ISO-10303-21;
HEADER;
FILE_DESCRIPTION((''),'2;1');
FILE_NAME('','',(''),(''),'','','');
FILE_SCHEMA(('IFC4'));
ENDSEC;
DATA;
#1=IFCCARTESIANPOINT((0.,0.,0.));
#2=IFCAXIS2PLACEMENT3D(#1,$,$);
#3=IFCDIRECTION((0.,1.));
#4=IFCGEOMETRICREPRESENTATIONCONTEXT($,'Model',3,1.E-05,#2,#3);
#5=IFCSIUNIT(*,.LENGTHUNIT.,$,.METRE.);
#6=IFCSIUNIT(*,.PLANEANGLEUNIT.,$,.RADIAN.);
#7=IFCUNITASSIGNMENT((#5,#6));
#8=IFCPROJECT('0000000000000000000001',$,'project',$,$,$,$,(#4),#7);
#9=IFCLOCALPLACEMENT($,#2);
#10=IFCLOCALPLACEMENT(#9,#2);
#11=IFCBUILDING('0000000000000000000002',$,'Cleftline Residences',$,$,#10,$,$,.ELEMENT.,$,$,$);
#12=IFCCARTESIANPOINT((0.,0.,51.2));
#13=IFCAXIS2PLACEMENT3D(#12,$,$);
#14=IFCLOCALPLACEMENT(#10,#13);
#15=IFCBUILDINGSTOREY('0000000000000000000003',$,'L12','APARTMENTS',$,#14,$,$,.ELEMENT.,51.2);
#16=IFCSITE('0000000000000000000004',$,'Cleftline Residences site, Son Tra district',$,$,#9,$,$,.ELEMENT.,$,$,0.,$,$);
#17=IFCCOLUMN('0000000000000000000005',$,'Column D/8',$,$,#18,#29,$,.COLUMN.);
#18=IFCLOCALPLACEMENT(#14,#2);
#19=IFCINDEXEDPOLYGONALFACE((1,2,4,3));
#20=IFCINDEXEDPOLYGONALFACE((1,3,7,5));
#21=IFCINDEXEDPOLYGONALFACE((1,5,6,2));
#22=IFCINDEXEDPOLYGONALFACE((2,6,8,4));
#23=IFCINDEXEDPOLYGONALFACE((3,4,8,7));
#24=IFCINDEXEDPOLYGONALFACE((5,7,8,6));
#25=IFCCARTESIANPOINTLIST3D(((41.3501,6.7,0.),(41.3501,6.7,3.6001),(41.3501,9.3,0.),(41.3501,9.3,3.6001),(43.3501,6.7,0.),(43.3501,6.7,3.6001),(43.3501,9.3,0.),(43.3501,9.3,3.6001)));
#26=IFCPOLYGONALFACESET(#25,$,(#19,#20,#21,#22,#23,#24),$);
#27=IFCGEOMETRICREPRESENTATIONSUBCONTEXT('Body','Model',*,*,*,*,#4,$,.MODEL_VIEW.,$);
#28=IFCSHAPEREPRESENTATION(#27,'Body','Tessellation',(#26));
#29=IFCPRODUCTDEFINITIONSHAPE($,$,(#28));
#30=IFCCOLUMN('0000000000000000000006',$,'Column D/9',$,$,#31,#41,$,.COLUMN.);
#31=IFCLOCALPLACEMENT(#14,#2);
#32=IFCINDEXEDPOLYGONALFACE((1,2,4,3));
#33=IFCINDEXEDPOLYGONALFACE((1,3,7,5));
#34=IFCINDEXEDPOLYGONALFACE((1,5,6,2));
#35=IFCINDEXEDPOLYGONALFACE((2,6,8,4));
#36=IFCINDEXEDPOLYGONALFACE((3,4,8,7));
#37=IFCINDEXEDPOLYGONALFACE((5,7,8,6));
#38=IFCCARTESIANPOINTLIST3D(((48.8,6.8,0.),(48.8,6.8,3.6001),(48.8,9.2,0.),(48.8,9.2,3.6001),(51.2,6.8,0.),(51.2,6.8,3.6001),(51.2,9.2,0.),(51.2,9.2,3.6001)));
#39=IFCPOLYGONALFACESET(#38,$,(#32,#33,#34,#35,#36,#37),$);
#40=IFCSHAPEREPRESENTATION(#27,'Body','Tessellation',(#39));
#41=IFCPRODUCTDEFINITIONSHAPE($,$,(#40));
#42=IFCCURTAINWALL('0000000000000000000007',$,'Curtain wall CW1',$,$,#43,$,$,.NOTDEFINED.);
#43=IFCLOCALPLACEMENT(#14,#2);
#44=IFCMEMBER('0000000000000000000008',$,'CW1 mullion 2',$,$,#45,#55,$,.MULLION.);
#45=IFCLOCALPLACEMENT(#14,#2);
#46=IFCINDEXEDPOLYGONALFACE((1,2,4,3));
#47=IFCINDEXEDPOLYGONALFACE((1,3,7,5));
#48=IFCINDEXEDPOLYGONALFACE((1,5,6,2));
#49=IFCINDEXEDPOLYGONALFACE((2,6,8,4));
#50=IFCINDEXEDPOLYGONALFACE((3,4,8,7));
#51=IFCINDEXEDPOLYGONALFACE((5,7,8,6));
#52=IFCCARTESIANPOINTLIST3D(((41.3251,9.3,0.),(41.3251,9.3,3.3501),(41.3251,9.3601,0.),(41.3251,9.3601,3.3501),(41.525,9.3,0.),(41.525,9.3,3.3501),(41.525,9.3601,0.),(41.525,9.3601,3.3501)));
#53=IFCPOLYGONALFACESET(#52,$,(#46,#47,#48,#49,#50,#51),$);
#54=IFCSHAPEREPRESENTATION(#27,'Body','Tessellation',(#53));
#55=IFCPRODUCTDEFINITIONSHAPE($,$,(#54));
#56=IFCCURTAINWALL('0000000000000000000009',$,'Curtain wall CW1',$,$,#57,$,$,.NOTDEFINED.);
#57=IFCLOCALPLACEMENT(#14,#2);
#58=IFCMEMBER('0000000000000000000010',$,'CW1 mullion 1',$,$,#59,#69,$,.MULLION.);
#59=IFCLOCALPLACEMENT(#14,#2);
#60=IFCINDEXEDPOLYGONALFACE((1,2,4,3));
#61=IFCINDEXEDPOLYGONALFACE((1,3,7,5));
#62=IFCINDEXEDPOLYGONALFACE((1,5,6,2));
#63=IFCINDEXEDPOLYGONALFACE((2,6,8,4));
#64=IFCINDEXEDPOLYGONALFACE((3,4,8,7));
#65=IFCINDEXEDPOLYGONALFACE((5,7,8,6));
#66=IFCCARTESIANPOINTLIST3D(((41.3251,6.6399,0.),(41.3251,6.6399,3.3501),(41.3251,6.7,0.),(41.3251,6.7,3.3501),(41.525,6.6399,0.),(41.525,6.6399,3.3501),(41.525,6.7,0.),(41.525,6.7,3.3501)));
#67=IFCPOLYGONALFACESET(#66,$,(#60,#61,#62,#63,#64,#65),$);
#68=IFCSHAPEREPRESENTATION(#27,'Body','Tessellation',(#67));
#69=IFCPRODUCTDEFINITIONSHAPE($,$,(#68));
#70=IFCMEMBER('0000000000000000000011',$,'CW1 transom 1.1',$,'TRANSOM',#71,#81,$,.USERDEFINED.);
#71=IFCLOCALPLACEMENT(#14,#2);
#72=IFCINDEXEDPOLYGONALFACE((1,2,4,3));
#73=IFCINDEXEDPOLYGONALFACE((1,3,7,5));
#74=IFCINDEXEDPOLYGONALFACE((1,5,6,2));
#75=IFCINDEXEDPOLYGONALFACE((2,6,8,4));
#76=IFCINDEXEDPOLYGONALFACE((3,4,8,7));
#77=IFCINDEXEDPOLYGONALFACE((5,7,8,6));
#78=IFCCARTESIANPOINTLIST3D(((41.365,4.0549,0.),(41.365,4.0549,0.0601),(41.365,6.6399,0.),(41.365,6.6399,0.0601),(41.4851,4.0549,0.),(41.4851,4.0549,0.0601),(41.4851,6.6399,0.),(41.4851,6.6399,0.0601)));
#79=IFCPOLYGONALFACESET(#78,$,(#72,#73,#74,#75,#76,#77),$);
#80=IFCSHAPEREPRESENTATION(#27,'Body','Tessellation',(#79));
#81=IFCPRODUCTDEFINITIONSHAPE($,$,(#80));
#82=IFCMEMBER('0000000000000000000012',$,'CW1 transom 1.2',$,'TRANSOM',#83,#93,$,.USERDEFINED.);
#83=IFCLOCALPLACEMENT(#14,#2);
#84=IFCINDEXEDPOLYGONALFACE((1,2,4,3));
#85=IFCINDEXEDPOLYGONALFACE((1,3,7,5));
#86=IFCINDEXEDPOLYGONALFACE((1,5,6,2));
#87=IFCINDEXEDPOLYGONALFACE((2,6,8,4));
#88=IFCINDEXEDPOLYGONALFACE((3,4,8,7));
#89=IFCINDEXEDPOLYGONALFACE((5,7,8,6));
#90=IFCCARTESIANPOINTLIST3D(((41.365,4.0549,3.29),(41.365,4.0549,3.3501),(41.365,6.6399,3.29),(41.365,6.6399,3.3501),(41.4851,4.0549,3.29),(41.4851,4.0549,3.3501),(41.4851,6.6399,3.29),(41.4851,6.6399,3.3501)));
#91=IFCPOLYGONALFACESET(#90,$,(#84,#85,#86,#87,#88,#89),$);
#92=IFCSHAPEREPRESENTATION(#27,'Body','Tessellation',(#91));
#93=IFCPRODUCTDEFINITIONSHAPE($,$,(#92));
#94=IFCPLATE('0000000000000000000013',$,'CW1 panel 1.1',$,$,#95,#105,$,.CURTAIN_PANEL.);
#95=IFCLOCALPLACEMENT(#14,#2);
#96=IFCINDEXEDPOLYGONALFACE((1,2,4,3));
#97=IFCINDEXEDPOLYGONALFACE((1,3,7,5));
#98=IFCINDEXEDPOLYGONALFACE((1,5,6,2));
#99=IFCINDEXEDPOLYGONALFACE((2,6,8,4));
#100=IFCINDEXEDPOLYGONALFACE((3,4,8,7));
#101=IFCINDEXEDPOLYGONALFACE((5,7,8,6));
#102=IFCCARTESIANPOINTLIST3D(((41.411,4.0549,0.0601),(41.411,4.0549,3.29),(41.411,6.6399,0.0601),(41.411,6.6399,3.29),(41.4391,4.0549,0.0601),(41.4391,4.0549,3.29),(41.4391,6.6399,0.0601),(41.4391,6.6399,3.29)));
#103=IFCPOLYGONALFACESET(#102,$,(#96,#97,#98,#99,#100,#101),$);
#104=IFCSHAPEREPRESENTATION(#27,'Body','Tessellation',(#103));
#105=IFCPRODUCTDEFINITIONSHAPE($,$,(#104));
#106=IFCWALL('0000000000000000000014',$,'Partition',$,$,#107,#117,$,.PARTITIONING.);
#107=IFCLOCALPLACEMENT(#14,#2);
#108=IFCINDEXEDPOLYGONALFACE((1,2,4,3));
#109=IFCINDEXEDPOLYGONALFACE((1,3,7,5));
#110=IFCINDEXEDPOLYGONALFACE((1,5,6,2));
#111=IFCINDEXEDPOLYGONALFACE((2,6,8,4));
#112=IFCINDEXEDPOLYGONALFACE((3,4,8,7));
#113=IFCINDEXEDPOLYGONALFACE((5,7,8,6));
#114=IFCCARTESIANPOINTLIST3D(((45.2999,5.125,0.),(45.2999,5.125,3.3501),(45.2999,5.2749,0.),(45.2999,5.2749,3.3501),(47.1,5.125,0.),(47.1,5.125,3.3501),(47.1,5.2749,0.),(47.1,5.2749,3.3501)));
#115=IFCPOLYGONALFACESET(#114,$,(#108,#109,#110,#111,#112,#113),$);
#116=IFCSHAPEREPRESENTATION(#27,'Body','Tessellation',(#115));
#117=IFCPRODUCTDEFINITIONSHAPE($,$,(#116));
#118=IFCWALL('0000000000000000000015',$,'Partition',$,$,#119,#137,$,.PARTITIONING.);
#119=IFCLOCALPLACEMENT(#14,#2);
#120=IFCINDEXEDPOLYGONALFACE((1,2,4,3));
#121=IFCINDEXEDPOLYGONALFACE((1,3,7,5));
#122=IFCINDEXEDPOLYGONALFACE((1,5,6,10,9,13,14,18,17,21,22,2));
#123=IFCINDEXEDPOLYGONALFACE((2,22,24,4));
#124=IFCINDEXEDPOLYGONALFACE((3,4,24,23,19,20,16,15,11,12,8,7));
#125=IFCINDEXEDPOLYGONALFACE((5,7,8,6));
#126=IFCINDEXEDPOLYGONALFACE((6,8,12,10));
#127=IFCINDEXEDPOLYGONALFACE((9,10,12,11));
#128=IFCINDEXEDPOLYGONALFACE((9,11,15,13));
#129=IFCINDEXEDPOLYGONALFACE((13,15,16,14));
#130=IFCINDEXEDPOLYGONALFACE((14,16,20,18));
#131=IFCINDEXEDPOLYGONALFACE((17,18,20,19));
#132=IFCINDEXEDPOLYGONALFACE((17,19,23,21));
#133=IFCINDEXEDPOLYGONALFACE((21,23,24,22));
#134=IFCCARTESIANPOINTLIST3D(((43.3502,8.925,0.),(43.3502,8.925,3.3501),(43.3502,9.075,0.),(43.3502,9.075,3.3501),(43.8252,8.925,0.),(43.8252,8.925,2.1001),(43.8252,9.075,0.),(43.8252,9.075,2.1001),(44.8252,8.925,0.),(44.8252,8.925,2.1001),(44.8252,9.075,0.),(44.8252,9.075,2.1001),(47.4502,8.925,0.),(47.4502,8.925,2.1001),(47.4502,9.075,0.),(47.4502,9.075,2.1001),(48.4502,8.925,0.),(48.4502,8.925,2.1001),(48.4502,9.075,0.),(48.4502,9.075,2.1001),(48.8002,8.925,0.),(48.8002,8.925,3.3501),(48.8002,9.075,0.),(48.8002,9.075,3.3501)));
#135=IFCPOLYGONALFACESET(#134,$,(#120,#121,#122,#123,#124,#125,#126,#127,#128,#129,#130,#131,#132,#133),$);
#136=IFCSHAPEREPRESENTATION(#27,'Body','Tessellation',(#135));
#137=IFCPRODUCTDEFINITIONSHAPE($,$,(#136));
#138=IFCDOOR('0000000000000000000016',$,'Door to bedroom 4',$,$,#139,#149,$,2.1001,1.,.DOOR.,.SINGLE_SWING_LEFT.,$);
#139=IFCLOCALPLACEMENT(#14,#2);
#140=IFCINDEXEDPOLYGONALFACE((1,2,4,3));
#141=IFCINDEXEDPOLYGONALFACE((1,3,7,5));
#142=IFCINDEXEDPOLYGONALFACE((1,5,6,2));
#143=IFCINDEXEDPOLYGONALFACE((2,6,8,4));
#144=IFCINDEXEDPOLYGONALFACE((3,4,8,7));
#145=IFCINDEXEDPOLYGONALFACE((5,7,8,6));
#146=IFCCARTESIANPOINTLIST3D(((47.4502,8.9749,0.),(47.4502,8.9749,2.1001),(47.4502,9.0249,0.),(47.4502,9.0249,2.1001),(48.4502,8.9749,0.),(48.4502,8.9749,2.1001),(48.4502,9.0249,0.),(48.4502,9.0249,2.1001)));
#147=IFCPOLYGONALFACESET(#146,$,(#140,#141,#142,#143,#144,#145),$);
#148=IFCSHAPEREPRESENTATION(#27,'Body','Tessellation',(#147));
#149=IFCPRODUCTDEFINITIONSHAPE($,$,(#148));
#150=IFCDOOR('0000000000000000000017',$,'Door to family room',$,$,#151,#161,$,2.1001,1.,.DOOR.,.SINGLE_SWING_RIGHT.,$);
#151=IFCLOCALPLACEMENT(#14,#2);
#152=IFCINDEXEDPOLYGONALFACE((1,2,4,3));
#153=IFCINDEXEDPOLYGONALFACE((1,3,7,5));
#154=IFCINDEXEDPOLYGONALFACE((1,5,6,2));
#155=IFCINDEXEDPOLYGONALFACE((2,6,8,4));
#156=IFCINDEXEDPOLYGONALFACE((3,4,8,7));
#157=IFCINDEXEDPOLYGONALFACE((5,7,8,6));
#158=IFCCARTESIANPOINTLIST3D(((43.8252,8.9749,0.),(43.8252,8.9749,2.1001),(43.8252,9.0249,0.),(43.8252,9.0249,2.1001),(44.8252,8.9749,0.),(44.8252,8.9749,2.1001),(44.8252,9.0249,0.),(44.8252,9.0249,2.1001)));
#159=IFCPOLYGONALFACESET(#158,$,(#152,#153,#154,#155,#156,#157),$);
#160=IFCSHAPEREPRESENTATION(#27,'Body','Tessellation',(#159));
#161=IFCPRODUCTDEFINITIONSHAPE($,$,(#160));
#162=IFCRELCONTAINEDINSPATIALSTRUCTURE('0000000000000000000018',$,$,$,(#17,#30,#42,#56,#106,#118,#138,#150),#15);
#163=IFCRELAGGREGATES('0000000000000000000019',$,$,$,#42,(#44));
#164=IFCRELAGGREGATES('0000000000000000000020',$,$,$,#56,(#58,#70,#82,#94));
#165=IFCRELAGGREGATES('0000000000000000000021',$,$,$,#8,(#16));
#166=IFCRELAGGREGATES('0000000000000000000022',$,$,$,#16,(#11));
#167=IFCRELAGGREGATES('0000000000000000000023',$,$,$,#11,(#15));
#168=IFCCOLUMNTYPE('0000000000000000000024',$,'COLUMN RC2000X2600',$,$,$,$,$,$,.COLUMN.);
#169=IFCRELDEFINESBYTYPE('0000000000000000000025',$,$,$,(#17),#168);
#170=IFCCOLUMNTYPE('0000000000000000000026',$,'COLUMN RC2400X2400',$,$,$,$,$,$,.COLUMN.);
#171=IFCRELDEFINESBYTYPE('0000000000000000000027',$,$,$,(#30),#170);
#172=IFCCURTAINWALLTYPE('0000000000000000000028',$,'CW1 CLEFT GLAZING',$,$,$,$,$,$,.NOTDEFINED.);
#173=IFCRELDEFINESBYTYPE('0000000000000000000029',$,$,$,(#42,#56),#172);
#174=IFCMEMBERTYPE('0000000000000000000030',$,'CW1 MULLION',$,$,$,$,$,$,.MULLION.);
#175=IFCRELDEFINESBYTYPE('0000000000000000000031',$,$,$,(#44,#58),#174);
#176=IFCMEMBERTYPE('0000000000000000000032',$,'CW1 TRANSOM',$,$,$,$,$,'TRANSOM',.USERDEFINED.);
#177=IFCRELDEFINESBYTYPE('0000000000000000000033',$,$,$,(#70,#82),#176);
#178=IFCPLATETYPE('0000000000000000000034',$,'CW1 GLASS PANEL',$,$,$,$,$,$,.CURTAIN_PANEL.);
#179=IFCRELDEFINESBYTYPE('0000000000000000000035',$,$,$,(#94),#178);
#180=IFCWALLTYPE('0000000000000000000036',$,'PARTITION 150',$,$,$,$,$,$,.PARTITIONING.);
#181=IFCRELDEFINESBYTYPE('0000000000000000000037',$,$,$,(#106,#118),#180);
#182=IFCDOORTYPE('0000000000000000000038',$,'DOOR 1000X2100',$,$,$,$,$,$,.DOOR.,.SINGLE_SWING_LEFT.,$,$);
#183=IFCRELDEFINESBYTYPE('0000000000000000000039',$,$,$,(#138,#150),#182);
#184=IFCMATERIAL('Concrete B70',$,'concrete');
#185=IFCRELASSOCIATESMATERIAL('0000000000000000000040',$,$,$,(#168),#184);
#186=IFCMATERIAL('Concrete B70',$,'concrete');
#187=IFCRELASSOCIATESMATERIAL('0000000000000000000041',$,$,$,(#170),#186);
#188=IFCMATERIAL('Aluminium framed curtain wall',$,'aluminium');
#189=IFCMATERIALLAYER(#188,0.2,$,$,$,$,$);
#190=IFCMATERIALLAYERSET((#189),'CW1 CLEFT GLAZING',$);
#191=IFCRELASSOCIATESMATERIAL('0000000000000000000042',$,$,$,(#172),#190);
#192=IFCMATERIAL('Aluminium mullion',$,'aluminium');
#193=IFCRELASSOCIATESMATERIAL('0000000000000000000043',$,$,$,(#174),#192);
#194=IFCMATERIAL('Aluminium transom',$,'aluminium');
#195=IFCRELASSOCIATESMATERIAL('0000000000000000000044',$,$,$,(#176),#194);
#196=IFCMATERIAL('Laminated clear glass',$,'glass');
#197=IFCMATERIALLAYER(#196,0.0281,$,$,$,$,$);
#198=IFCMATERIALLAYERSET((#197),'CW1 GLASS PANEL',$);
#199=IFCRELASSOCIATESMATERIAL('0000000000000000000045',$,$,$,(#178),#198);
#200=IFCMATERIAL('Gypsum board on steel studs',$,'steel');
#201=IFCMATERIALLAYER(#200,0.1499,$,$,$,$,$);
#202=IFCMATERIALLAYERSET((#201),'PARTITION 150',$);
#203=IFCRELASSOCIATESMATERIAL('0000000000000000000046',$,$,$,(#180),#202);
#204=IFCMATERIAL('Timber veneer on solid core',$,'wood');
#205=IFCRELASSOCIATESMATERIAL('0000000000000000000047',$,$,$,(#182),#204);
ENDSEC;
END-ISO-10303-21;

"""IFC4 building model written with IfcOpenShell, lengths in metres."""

from ifc_helpers import new_model, si_unit, direction, frame, frame_2d, origin, origin_2d, place, context, subcontext, project, spatial, rectangle, extrude, material, layer, layer_set, material_profile, profile_set, type_object, element, fill, aggregate, save


model = new_model("IFC4")

# Units and contexts
model_context = context("Model", 3, precision=1e-05, world=origin(), true_north=direction((0.0, 1.0)))
body_context = subcontext(model_context, "Body", "Model", "MODEL_VIEW")
ifc_project = project(units=[si_unit("LENGTHUNIT", "METRE"), si_unit("PLANEANGLEUNIT", "RADIAN")], contexts=[model_context])

# Site, building, storey
site_placement = place(None, origin())
site = spatial("IfcSite", under=ifc_project, at=site_placement, Name="Cleftline Residences site, Son Tra district", CompositionType="ELEMENT", RefElevation=0.0)
building_placement = place(site_placement, origin())
building = spatial("IfcBuilding", under=site, at=building_placement, Name="Cleftline Residences", CompositionType="ELEMENT")
storey_placement = place(building_placement, frame((0.0, 0.0, 51.2)))
storey = spatial("IfcBuildingStorey", under=building, at=storey_placement, Name="L12", Description="APARTMENTS", CompositionType="ELEMENT", Elevation=51.2)

# Columns
ifc_material_1 = material(Name="Concrete B70", Category="concrete")
ifc_material_profile_1 = material_profile(ifc_material_1, rectangle(XDim=2.0, YDim=2.6001, at=origin_2d()))
ifc_profile_set_1 = profile_set([ifc_material_profile_1], Name="Concrete B70")
column_type_1 = type_object("IfcColumnType", Name="COLUMN RC2000X2600", PredefinedType="COLUMN", material=ifc_profile_set_1)
column_1_placement = place(storey_placement, frame((42.3501, 8.0, 0.0), z_axis=(0.0, 0.0, 1.0), x_axis=(1.0, 0.0, 0.0)))
element("IfcColumn", 1, at=column_1_placement, inside=storey, type_object=column_type_1, Name="Column D/8", PredefinedType="COLUMN", context=body_context, shape_type="SweptSolid", body=[
    extrude(rectangle(XDim=2.0, YDim=2.6001, at=origin_2d()), origin(), (0.0, 0.0, 1.0), 3.6001),
])
ifc_material_2 = material(Name="Concrete B70", Category="concrete")
ifc_material_profile_2 = material_profile(ifc_material_2, rectangle(XDim=2.3999, YDim=2.3999, at=origin_2d()))
ifc_profile_set_2 = profile_set([ifc_material_profile_2], Name="Concrete B70")
column_type_2 = type_object("IfcColumnType", Name="COLUMN RC2400X2400", PredefinedType="COLUMN", material=ifc_profile_set_2)
column_2_placement = place(storey_placement, frame((50.0, 8.0, 0.0), z_axis=(0.0, 0.0, 1.0), x_axis=(1.0, 0.0, 0.0)))
element("IfcColumn", 2, at=column_2_placement, inside=storey, type_object=column_type_2, Name="Column D/9", PredefinedType="COLUMN", context=body_context, shape_type="SweptSolid", body=[
    extrude(rectangle(XDim=2.3999, YDim=2.3999, at=origin_2d()), origin(), (0.0, 0.0, 1.0), 3.6001),
])

# Curtain wall, member
ifc_material_3 = material(Name="Aluminium framed curtain wall", Category="aluminium")
ifc_layer_1 = layer(ifc_material_3, 0.2)
ifc_layer_set_1 = layer_set([ifc_layer_1], Name="CW1 CLEFT GLAZING")
curtain_wall_type = type_object("IfcCurtainWallType", Name="CW1 CLEFT GLAZING", PredefinedType="NOTDEFINED", material=ifc_layer_set_1)
curtain_wall_1_placement = place(storey_placement, origin())
curtain_wall_1 = element("IfcCurtainWall", 3, at=curtain_wall_1_placement, inside=storey, type_object=curtain_wall_type, Name="Curtain wall CW1", PredefinedType="NOTDEFINED")
ifc_material_4 = material(Name="Aluminium mullion", Category="aluminium")
ifc_material_profile_3 = material_profile(ifc_material_4, rectangle(XDim=0.2, YDim=0.0601, at=origin_2d()))
ifc_profile_set_3 = profile_set([ifc_material_profile_3], Name="Aluminium mullion")
member_type_1 = type_object("IfcMemberType", Name="CW1 MULLION", PredefinedType="MULLION", material=ifc_profile_set_3)
member_1_placement = place(storey_placement, frame((41.425, 9.3301, 0.0), z_axis=(0.0, 0.0, 1.0), x_axis=(1.0, 0.0, 0.0)))
member_1 = element("IfcMember", 4, at=member_1_placement, type_object=member_type_1, Name="CW1 mullion 2", PredefinedType="MULLION", context=body_context, shape_type="SweptSolid", body=[
    extrude(rectangle(XDim=0.2, YDim=0.0601, at=origin_2d()), origin(), (0.0, 0.0, 1.0), 3.3501),
])
aggregate(curtain_wall_1, [member_1])

# Curtain wall, members, plate
curtain_wall_2_placement = place(storey_placement, origin())
curtain_wall_2 = element("IfcCurtainWall", 5, at=curtain_wall_2_placement, inside=storey, type_object=curtain_wall_type, Name="Curtain wall CW1", PredefinedType="NOTDEFINED")
member_2_placement = place(storey_placement, frame((41.425, 6.6699, 0.0), z_axis=(0.0, 0.0, 1.0), x_axis=(1.0, 0.0, 0.0)))
member_2 = element("IfcMember", 6, at=member_2_placement, type_object=member_type_1, Name="CW1 mullion 1", PredefinedType="MULLION", context=body_context, shape_type="SweptSolid", body=[
    extrude(rectangle(XDim=0.2, YDim=0.0601, at=origin_2d()), origin(), (0.0, 0.0, 1.0), 3.3501),
])
ifc_material_5 = material(Name="Aluminium transom", Category="aluminium")
ifc_material_profile_4 = material_profile(ifc_material_5, rectangle(XDim=0.1201, YDim=0.0601, at=origin_2d()))
ifc_profile_set_4 = profile_set([ifc_material_profile_4], Name="Aluminium transom")
member_type_2 = type_object("IfcMemberType", Name="CW1 TRANSOM", ElementType="TRANSOM", PredefinedType="USERDEFINED", material=ifc_profile_set_4)
member_3_placement = place(storey_placement, frame((41.425, 6.6399, 0.03), z_axis=(0.0, -1.0, 0.0), x_axis=(1.0, 0.0, 0.0)))
member_3 = element("IfcMember", 7, at=member_3_placement, type_object=member_type_2, Name="CW1 transom 1.1", ObjectType="TRANSOM", PredefinedType="USERDEFINED", context=body_context, shape_type="SweptSolid", body=[
    extrude(rectangle(XDim=0.1201, YDim=0.0601, at=origin_2d()), origin(), (0.0, 0.0, 1.0), 2.585),
])
member_4_placement = place(storey_placement, frame((41.425, 6.6399, 3.3201), z_axis=(0.0, -1.0, 0.0), x_axis=(1.0, 0.0, 0.0)))
member_4 = element("IfcMember", 8, at=member_4_placement, type_object=member_type_2, Name="CW1 transom 1.2", ObjectType="TRANSOM", PredefinedType="USERDEFINED", context=body_context, shape_type="SweptSolid", body=[
    extrude(rectangle(XDim=0.1201, YDim=0.0601, at=origin_2d()), origin(), (0.0, 0.0, 1.0), 2.585),
])
ifc_material_6 = material(Name="Laminated clear glass", Category="glass")
ifc_layer_2 = layer(ifc_material_6, 0.0281)
ifc_layer_set_2 = layer_set([ifc_layer_2], Name="CW1 GLASS PANEL")
plate_type = type_object("IfcPlateType", Name="CW1 GLASS PANEL", PredefinedType="CURTAIN_PANEL", material=ifc_layer_set_2)
plate_placement = place(storey_placement, frame((41.425, 5.3474, 0.0601), z_axis=(0.0, 0.0, 1.0), x_axis=(0.0, -1.0, 0.0)))
plate = element("IfcPlate", 9, at=plate_placement, type_object=plate_type, Name="CW1 panel 1.1", PredefinedType="CURTAIN_PANEL", context=body_context, shape_type="SweptSolid", body=[
    extrude(rectangle(XDim=2.585, YDim=0.0281, at=origin_2d()), origin(), (0.0, 0.0, 1.0), 3.23),
])
aggregate(curtain_wall_2, [member_2, member_3, member_4, plate])

# Wall
ifc_material_7 = material(Name="Gypsum board on steel studs", Category="steel")
ifc_layer_3 = layer(ifc_material_7, 0.1499)
ifc_layer_set_3 = layer_set([ifc_layer_3], Name="PARTITION 150")
wall_type = type_object("IfcWallType", Name="PARTITION 150", PredefinedType="PARTITIONING", material=ifc_layer_set_3)
wall_1_placement = place(storey_placement, frame((45.3, 5.2, 0.0), z_axis=(0.0, 0.0, 1.0), x_axis=(1.0, 0.0, 0.0)))
element("IfcWall", 10, at=wall_1_placement, inside=storey, type_object=wall_type, Name="Partition", PredefinedType="PARTITIONING", context=body_context, shape_type="SweptSolid", body=[
    extrude(rectangle(XDim=1.8, YDim=0.1499, at=frame_2d((0.8999, 0.0))), origin(), (0.0, 0.0, 1.0), 3.3501),
])

# Wall, openings, doors
wall_2_placement = place(storey_placement, frame((43.3501, 9.0, 0.0), z_axis=(0.0, 0.0, 1.0), x_axis=(1.0, 0.0, 0.0)))
wall_2 = element("IfcWall", 11, at=wall_2_placement, inside=storey, type_object=wall_type, Name="Partition", PredefinedType="PARTITIONING", context=body_context, shape_type="SweptSolid", body=[
    extrude(rectangle(XDim=5.45, YDim=0.1499, at=frame_2d((2.7251, 0.0))), origin(), (0.0, 0.0, 1.0), 3.3501),
])
opening_1_placement = place(wall_2_placement, frame((4.1001, 0.0, 0.0)))
opening_1 = element("IfcOpeningElement", 12, at=opening_1_placement, cuts=wall_2, PredefinedType="OPENING", context=body_context, shape_type="SweptSolid", body=[
    extrude(rectangle(XDim=1.0, YDim=2.1001, at=frame_2d((0.5, 1.05))), frame((0.0, 0.085, 0.0), z_axis=(0.0, -1.0, 0.0), x_axis=(1.0, 0.0, 0.0)), (0.0, 0.0, 1.0), 0.1699),
])
opening_2_placement = place(wall_2_placement, frame((0.4751, 0.0, 0.0)))
opening_2 = element("IfcOpeningElement", 13, at=opening_2_placement, cuts=wall_2, PredefinedType="OPENING", context=body_context, shape_type="SweptSolid", body=[
    extrude(rectangle(XDim=1.0, YDim=2.1001, at=frame_2d((0.5, 1.05))), frame((0.0, 0.085, 0.0), z_axis=(0.0, -1.0, 0.0), x_axis=(1.0, 0.0, 0.0)), (0.0, 0.0, 1.0), 0.1699),
])
ifc_material_8 = material(Name="Timber veneer on solid core", Category="wood")
door_type_1 = type_object("IfcDoorType", Name="DOOR 1000X2100", OperationType="SINGLE_SWING_LEFT", PredefinedType="DOOR", material=ifc_material_8)
door_1_placement = place(opening_1_placement, origin())
door_1 = element("IfcDoor", 14, at=door_1_placement, inside=storey, type_object=door_type_1, Name="Door to bedroom 4", OperationType="SINGLE_SWING_LEFT", OverallHeight=2.1001, OverallWidth=1.0, PredefinedType="DOOR", context=body_context, shape_type="SweptSolid", body=[
    extrude(rectangle(XDim=1.0, YDim=2.1001, at=frame_2d((0.5, 1.05))), frame((0.0, 0.0249, 0.0), z_axis=(0.0, -1.0, 0.0), x_axis=(1.0, 0.0, 0.0)), (0.0, 0.0, 1.0), 0.05),
])
fill(opening_1, door_1)
door_2_placement = place(opening_2_placement, origin())
door_2 = element("IfcDoor", 15, at=door_2_placement, inside=storey, type_object=door_type_1, Name="Door to family room", OperationType="SINGLE_SWING_RIGHT", OverallHeight=2.1001, OverallWidth=1.0, PredefinedType="DOOR", context=body_context, shape_type="SweptSolid", body=[
    extrude(rectangle(XDim=1.0, YDim=2.1001, at=frame_2d((0.5, 1.05))), frame((0.0, 0.0249, 0.0), z_axis=(0.0, -1.0, 0.0), x_axis=(1.0, 0.0, 0.0)), (0.0, 0.0, 1.0), 0.05),
])
fill(opening_2, door_2)

save(model, "model.ifc")
